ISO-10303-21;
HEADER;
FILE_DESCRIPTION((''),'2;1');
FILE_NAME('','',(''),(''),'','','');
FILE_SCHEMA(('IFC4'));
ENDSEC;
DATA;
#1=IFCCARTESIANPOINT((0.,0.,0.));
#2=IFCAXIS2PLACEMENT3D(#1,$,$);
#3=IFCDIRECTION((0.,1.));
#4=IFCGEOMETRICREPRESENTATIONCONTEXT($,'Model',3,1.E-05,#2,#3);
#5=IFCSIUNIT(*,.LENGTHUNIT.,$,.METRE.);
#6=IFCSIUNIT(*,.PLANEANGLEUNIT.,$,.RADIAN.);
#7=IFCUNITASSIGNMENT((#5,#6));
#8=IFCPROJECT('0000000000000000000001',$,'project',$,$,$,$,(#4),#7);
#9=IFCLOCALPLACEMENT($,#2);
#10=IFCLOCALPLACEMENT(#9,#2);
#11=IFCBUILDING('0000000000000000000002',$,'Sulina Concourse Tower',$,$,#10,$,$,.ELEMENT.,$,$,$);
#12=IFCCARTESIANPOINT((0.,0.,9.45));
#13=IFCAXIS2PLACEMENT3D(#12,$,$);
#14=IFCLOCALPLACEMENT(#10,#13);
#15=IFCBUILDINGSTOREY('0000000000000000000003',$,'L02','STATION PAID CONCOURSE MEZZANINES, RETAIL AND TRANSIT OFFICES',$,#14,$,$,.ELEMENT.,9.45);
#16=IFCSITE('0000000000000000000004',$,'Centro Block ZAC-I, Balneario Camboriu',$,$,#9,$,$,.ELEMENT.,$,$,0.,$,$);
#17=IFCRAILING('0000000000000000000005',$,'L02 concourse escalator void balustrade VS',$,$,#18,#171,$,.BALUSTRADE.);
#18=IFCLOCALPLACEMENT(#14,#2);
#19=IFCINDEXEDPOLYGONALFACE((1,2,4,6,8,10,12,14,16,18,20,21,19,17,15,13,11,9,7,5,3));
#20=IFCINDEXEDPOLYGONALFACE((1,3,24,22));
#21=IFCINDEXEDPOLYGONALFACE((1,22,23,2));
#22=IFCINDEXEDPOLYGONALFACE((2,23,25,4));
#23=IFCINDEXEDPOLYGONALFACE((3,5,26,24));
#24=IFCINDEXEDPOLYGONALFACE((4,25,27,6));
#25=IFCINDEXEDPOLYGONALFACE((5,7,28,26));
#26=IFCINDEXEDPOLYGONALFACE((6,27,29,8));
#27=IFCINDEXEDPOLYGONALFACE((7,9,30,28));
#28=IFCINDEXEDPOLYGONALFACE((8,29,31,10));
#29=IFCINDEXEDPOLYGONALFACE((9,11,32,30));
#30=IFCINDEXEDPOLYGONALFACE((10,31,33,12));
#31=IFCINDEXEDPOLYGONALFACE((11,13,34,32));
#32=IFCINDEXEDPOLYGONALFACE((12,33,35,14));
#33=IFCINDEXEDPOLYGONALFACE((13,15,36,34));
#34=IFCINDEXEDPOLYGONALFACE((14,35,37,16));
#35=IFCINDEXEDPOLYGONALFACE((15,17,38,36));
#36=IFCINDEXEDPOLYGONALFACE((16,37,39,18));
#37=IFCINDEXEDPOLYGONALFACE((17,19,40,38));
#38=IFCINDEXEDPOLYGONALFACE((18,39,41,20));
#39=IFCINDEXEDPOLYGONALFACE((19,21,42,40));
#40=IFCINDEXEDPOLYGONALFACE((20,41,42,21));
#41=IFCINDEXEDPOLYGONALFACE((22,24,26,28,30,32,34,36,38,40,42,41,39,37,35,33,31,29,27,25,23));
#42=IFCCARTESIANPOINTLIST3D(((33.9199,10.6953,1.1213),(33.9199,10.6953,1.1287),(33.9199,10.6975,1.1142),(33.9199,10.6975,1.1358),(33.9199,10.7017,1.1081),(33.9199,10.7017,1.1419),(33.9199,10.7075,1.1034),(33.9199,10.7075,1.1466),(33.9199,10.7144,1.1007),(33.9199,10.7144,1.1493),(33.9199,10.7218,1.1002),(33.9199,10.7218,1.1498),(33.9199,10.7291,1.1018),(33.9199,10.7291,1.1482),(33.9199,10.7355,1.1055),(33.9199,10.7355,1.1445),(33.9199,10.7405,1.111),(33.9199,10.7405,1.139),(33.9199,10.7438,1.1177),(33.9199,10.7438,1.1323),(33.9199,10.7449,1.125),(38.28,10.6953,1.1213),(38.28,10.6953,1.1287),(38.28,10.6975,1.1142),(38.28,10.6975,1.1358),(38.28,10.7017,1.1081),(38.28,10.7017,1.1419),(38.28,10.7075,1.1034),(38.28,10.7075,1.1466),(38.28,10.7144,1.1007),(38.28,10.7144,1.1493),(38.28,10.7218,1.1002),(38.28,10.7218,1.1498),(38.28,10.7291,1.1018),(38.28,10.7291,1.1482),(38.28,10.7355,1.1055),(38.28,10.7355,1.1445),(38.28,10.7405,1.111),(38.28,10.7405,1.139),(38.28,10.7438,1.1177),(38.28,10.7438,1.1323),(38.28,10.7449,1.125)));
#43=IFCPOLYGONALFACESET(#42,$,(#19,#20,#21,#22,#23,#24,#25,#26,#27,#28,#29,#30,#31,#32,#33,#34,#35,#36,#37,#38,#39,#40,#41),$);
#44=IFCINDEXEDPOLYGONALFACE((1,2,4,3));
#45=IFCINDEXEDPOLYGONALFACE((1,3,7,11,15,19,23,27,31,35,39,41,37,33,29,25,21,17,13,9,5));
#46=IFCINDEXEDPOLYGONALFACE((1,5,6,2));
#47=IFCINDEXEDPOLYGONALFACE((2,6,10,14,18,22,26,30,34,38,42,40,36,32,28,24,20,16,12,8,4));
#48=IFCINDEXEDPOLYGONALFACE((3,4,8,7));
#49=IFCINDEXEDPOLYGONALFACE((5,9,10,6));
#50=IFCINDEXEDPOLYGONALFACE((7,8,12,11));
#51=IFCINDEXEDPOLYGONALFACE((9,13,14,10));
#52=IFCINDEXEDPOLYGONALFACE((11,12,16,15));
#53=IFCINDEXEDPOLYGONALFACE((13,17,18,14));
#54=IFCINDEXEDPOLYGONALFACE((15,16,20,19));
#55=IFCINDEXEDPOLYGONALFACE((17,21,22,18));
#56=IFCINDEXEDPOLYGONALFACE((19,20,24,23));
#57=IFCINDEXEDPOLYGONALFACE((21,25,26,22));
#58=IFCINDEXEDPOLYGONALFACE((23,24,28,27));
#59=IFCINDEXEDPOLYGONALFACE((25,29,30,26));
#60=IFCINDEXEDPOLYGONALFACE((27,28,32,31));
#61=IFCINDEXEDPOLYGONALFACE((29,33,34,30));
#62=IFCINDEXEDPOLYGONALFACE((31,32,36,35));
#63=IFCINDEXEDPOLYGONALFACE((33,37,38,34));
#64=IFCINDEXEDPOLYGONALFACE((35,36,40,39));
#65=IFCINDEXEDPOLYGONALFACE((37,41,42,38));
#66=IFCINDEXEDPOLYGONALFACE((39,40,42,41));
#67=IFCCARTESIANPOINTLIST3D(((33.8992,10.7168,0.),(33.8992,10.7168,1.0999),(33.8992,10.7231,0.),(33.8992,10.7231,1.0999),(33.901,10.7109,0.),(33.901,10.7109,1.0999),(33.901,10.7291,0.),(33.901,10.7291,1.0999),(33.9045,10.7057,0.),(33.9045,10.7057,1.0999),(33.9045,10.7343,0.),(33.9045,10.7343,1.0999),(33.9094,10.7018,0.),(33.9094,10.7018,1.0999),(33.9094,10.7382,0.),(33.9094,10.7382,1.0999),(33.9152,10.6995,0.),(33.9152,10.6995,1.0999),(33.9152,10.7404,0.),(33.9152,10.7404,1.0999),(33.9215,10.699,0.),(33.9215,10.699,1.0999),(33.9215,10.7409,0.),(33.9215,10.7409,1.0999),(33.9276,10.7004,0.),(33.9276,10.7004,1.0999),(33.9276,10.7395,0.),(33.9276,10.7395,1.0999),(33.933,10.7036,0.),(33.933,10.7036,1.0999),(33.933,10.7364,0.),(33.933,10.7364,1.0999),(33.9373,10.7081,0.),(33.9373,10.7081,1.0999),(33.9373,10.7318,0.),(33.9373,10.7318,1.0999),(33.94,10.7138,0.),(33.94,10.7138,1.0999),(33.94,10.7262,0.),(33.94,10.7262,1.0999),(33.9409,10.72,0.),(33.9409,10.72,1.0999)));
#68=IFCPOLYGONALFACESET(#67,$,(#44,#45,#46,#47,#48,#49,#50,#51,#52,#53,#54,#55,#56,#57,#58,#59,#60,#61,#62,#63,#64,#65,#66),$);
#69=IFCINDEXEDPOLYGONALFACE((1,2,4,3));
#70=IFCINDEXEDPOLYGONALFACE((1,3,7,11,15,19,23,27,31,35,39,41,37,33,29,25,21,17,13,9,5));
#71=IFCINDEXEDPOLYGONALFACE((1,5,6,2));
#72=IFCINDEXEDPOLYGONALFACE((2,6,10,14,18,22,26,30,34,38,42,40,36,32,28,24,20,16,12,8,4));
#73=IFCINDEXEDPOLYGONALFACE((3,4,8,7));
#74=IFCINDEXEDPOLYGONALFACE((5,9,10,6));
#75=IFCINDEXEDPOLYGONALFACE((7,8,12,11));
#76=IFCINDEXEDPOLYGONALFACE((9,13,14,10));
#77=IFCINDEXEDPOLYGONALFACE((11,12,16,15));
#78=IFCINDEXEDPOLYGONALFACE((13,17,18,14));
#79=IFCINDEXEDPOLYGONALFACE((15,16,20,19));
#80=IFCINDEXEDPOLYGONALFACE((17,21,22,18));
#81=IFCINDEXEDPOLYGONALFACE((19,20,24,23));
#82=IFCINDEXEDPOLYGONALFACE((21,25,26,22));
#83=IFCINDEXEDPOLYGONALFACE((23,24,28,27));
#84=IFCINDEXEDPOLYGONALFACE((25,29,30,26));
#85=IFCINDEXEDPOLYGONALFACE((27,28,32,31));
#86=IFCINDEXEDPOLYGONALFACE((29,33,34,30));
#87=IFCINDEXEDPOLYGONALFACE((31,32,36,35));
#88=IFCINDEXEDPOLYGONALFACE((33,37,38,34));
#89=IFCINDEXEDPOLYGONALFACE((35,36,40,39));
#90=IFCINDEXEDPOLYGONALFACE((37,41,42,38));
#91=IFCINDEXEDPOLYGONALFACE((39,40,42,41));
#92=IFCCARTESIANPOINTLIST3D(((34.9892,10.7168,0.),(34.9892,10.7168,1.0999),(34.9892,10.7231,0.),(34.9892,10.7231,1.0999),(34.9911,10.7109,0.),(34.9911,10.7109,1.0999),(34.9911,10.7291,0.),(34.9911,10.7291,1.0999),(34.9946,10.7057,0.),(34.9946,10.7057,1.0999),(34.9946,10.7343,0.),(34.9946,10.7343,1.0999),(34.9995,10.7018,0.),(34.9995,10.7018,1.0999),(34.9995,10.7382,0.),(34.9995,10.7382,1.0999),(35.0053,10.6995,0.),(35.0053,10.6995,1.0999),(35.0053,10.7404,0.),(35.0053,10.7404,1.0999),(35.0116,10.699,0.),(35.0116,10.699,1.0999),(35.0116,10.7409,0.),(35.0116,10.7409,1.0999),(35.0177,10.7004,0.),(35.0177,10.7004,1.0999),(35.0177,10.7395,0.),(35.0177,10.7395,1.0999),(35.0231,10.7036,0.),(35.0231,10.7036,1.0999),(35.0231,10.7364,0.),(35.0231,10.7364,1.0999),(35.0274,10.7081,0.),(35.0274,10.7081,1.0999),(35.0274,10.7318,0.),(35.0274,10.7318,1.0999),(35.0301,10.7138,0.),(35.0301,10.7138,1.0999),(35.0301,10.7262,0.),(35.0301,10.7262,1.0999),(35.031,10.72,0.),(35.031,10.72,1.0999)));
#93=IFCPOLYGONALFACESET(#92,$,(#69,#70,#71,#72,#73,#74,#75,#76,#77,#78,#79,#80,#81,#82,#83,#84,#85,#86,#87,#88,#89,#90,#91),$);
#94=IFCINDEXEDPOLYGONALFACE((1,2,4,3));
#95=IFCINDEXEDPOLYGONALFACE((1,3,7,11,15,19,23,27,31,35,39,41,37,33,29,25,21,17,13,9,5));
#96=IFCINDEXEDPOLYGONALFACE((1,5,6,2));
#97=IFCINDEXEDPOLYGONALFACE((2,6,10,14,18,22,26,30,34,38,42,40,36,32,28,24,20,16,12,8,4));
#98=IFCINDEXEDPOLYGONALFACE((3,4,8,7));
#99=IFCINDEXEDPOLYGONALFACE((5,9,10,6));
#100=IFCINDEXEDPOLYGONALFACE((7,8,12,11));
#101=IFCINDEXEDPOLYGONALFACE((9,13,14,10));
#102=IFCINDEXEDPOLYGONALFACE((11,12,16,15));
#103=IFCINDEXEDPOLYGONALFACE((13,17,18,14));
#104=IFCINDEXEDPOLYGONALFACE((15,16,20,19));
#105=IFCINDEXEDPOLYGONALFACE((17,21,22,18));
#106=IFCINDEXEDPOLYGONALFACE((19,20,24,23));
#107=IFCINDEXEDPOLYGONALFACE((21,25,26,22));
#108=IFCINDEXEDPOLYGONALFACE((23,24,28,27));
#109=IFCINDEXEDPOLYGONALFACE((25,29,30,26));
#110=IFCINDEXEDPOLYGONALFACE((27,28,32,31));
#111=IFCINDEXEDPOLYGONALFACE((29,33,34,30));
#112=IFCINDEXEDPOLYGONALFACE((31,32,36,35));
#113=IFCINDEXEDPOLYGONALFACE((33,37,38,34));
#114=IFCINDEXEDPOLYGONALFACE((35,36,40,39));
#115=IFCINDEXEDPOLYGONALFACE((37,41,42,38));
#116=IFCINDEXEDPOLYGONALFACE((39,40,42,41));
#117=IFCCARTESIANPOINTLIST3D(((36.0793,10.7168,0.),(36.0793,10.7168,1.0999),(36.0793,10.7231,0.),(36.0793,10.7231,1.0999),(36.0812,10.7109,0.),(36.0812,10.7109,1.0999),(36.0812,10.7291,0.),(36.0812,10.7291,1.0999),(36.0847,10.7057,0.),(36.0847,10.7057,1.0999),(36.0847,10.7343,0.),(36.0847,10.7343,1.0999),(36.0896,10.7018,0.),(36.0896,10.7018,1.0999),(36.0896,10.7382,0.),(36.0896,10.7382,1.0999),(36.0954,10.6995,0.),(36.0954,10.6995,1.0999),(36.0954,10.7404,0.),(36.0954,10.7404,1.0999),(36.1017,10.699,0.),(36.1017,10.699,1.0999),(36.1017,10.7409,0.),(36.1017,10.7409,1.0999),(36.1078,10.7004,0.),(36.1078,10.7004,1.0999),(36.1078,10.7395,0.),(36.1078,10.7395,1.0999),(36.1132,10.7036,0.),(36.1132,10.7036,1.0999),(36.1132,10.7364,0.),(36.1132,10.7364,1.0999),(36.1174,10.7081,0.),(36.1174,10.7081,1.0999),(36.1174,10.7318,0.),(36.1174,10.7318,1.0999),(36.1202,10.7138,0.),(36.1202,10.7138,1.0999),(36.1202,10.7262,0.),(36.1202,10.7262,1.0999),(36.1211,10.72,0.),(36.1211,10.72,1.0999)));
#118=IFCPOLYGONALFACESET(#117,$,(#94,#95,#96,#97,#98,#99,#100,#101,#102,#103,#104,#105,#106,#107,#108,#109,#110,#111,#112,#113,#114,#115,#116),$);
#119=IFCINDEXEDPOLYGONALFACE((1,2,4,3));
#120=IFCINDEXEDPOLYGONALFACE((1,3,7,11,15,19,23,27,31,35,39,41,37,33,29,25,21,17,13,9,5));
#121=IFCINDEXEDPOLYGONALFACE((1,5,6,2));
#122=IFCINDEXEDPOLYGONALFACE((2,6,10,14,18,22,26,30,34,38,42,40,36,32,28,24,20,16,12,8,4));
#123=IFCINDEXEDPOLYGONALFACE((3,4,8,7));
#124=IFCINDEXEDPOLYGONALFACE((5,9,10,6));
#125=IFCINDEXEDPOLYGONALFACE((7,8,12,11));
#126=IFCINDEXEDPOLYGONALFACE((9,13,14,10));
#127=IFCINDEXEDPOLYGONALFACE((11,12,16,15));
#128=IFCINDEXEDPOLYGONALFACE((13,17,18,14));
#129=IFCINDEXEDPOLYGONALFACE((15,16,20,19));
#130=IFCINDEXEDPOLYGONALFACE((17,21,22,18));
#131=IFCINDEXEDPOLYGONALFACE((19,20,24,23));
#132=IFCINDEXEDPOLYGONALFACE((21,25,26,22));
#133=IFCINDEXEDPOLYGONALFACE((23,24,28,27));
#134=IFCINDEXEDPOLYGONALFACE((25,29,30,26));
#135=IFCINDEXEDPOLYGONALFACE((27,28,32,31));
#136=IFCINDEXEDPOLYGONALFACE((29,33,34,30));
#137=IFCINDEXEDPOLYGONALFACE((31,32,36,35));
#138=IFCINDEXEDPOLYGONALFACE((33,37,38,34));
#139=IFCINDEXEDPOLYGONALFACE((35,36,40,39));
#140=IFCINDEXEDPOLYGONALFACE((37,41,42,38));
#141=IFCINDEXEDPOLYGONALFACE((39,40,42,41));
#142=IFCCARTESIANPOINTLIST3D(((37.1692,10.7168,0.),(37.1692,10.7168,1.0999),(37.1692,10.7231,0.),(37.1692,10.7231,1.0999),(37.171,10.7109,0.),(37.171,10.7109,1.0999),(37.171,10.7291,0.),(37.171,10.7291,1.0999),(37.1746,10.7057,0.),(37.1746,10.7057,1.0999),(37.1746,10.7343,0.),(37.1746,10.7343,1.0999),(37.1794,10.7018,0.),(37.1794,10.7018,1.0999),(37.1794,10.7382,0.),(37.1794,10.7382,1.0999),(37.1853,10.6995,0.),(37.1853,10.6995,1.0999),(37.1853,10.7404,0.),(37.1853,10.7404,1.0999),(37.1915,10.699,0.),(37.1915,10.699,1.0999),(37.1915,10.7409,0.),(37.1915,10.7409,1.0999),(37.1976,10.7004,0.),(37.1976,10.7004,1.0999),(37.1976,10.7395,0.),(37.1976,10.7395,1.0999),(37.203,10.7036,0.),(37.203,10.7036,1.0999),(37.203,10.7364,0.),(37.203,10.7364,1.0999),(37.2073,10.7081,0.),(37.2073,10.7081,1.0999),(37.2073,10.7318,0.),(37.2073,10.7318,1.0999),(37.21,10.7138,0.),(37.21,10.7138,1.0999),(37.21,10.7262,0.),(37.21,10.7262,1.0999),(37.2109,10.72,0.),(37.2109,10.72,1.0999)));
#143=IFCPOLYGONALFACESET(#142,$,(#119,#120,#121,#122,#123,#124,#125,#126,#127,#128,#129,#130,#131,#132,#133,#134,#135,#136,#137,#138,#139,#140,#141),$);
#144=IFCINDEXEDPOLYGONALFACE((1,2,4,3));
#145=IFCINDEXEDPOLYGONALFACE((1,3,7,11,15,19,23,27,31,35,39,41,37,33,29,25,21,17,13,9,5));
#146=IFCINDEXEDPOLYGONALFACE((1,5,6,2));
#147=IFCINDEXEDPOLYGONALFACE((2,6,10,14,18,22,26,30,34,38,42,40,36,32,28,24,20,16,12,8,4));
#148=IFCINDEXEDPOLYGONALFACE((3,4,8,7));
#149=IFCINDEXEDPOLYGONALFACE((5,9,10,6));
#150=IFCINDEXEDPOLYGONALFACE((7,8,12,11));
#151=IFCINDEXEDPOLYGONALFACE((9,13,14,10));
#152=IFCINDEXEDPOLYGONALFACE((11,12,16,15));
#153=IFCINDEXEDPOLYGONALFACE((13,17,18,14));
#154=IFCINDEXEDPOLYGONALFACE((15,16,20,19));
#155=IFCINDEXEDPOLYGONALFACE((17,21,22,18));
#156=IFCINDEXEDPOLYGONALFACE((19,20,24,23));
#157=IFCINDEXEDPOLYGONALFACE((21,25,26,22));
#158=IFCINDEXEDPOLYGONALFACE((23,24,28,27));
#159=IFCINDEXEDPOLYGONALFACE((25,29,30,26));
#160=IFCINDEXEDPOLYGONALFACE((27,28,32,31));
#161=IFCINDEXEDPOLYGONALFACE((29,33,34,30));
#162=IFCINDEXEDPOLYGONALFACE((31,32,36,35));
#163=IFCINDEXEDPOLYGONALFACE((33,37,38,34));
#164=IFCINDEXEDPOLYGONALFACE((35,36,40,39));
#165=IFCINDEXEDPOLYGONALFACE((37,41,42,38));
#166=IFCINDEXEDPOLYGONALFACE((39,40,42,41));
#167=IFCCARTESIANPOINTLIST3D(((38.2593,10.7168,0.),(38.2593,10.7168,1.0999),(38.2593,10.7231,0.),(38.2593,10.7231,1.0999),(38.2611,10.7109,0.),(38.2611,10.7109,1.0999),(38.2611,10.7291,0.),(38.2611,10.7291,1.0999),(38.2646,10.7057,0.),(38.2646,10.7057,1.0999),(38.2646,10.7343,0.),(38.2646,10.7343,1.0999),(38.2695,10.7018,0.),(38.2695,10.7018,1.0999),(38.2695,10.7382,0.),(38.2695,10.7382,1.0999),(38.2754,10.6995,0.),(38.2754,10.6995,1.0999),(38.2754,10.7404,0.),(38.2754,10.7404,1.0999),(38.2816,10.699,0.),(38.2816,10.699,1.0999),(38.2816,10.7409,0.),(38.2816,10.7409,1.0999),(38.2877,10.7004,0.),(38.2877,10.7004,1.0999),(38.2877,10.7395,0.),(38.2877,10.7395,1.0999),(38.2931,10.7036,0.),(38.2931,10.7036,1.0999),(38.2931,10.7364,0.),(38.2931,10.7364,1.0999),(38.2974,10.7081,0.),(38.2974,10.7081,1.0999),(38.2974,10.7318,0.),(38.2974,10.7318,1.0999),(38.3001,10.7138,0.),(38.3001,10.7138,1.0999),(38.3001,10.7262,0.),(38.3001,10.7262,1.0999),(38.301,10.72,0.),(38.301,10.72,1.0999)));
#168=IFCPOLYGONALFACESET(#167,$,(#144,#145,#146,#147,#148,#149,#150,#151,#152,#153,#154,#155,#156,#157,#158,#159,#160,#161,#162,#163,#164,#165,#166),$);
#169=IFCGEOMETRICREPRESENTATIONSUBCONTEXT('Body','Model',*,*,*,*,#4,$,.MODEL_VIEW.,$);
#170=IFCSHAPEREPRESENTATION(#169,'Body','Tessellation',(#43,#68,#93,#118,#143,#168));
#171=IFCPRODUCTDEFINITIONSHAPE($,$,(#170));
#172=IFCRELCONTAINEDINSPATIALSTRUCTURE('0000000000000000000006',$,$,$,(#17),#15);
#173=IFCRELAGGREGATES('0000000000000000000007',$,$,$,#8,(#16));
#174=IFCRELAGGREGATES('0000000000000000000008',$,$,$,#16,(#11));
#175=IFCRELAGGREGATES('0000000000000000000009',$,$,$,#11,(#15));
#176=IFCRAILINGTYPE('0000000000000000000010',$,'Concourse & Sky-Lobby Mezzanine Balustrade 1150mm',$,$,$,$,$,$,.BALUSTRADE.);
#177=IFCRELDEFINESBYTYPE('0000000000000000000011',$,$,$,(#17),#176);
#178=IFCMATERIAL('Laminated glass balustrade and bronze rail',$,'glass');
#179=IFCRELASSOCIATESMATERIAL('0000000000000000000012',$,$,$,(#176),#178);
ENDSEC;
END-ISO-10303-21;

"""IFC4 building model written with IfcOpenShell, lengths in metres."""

from ifc_helpers import new_model, si_unit, direction, frame, origin, origin_2d, place, context, subcontext, project, spatial, circle, extrude, material, type_object, element, save


model = new_model("IFC4")

# Units and contexts
model_context = context("Model", 3, precision=1e-05, world=origin(), true_north=direction((0.0, 1.0)))
body_context = subcontext(model_context, "Body", "Model", "MODEL_VIEW")
ifc_project = project(units=[si_unit("LENGTHUNIT", "METRE"), si_unit("PLANEANGLEUNIT", "RADIAN")], contexts=[model_context])

# Site, building, storey
site_placement = place(None, origin())
site = spatial("IfcSite", under=ifc_project, at=site_placement, Name="Centro Block ZAC-I, Balneario Camboriu", CompositionType="ELEMENT", RefElevation=0.0)
building_placement = place(site_placement, origin())
building = spatial("IfcBuilding", under=site, at=building_placement, Name="Sulina Concourse Tower", CompositionType="ELEMENT")
storey_placement = place(building_placement, frame((0.0, 0.0, 9.45)))
storey = spatial("IfcBuildingStorey", under=building, at=storey_placement, Name="L02", Description="STATION PAID CONCOURSE MEZZANINES, RETAIL AND TRANSIT OFFICES", CompositionType="ELEMENT", Elevation=9.45)

# Railing
ifc_material_1 = material(Name="Laminated glass balustrade and bronze rail", Category="glass")
railing_type = type_object("IfcRailingType", Name="Concourse & Sky-Lobby Mezzanine Balustrade 1150mm", PredefinedType="BALUSTRADE", material=ifc_material_1)
for number, where, name in (
    (1, (33.9199, 10.72, 0.0), "L02 concourse escalator void balustrade VS"),
):
    element("IfcRailing", number, at=place(storey_placement, frame(where)), inside=storey, type_object=railing_type, Name=name, PredefinedType="BALUSTRADE", context=body_context, shape_type="SweptSolid", body=[
        extrude(circle(Radius=0.0249, at=origin_2d()), frame((0.0, 0.0, 1.125), z_axis=(1.0, 0.0, 0.0), x_axis=(0.0, 1.0, 0.0)), (0.0, 0.0, 1.0), 4.3601),
        extrude(circle(Radius=0.021, at=origin_2d()), origin(), (0.0, 0.0, 1.0), 1.0999),
        extrude(circle(Radius=0.021, at=origin_2d()), frame((1.0901, 0.0, 0.0)), (0.0, 0.0, 1.0), 1.0999),
        extrude(circle(Radius=0.021, at=origin_2d()), frame((2.1802, 0.0, 0.0)), (0.0, 0.0, 1.0), 1.0999),
        extrude(circle(Radius=0.021, at=origin_2d()), frame((3.27, 0.0, 0.0)), (0.0, 0.0, 1.0), 1.0999),
        extrude(circle(Radius=0.021, at=origin_2d()), frame((4.3601, 0.0, 0.0)), (0.0, 0.0, 1.0), 1.0999),
    ])

save(model, "model.ifc")
